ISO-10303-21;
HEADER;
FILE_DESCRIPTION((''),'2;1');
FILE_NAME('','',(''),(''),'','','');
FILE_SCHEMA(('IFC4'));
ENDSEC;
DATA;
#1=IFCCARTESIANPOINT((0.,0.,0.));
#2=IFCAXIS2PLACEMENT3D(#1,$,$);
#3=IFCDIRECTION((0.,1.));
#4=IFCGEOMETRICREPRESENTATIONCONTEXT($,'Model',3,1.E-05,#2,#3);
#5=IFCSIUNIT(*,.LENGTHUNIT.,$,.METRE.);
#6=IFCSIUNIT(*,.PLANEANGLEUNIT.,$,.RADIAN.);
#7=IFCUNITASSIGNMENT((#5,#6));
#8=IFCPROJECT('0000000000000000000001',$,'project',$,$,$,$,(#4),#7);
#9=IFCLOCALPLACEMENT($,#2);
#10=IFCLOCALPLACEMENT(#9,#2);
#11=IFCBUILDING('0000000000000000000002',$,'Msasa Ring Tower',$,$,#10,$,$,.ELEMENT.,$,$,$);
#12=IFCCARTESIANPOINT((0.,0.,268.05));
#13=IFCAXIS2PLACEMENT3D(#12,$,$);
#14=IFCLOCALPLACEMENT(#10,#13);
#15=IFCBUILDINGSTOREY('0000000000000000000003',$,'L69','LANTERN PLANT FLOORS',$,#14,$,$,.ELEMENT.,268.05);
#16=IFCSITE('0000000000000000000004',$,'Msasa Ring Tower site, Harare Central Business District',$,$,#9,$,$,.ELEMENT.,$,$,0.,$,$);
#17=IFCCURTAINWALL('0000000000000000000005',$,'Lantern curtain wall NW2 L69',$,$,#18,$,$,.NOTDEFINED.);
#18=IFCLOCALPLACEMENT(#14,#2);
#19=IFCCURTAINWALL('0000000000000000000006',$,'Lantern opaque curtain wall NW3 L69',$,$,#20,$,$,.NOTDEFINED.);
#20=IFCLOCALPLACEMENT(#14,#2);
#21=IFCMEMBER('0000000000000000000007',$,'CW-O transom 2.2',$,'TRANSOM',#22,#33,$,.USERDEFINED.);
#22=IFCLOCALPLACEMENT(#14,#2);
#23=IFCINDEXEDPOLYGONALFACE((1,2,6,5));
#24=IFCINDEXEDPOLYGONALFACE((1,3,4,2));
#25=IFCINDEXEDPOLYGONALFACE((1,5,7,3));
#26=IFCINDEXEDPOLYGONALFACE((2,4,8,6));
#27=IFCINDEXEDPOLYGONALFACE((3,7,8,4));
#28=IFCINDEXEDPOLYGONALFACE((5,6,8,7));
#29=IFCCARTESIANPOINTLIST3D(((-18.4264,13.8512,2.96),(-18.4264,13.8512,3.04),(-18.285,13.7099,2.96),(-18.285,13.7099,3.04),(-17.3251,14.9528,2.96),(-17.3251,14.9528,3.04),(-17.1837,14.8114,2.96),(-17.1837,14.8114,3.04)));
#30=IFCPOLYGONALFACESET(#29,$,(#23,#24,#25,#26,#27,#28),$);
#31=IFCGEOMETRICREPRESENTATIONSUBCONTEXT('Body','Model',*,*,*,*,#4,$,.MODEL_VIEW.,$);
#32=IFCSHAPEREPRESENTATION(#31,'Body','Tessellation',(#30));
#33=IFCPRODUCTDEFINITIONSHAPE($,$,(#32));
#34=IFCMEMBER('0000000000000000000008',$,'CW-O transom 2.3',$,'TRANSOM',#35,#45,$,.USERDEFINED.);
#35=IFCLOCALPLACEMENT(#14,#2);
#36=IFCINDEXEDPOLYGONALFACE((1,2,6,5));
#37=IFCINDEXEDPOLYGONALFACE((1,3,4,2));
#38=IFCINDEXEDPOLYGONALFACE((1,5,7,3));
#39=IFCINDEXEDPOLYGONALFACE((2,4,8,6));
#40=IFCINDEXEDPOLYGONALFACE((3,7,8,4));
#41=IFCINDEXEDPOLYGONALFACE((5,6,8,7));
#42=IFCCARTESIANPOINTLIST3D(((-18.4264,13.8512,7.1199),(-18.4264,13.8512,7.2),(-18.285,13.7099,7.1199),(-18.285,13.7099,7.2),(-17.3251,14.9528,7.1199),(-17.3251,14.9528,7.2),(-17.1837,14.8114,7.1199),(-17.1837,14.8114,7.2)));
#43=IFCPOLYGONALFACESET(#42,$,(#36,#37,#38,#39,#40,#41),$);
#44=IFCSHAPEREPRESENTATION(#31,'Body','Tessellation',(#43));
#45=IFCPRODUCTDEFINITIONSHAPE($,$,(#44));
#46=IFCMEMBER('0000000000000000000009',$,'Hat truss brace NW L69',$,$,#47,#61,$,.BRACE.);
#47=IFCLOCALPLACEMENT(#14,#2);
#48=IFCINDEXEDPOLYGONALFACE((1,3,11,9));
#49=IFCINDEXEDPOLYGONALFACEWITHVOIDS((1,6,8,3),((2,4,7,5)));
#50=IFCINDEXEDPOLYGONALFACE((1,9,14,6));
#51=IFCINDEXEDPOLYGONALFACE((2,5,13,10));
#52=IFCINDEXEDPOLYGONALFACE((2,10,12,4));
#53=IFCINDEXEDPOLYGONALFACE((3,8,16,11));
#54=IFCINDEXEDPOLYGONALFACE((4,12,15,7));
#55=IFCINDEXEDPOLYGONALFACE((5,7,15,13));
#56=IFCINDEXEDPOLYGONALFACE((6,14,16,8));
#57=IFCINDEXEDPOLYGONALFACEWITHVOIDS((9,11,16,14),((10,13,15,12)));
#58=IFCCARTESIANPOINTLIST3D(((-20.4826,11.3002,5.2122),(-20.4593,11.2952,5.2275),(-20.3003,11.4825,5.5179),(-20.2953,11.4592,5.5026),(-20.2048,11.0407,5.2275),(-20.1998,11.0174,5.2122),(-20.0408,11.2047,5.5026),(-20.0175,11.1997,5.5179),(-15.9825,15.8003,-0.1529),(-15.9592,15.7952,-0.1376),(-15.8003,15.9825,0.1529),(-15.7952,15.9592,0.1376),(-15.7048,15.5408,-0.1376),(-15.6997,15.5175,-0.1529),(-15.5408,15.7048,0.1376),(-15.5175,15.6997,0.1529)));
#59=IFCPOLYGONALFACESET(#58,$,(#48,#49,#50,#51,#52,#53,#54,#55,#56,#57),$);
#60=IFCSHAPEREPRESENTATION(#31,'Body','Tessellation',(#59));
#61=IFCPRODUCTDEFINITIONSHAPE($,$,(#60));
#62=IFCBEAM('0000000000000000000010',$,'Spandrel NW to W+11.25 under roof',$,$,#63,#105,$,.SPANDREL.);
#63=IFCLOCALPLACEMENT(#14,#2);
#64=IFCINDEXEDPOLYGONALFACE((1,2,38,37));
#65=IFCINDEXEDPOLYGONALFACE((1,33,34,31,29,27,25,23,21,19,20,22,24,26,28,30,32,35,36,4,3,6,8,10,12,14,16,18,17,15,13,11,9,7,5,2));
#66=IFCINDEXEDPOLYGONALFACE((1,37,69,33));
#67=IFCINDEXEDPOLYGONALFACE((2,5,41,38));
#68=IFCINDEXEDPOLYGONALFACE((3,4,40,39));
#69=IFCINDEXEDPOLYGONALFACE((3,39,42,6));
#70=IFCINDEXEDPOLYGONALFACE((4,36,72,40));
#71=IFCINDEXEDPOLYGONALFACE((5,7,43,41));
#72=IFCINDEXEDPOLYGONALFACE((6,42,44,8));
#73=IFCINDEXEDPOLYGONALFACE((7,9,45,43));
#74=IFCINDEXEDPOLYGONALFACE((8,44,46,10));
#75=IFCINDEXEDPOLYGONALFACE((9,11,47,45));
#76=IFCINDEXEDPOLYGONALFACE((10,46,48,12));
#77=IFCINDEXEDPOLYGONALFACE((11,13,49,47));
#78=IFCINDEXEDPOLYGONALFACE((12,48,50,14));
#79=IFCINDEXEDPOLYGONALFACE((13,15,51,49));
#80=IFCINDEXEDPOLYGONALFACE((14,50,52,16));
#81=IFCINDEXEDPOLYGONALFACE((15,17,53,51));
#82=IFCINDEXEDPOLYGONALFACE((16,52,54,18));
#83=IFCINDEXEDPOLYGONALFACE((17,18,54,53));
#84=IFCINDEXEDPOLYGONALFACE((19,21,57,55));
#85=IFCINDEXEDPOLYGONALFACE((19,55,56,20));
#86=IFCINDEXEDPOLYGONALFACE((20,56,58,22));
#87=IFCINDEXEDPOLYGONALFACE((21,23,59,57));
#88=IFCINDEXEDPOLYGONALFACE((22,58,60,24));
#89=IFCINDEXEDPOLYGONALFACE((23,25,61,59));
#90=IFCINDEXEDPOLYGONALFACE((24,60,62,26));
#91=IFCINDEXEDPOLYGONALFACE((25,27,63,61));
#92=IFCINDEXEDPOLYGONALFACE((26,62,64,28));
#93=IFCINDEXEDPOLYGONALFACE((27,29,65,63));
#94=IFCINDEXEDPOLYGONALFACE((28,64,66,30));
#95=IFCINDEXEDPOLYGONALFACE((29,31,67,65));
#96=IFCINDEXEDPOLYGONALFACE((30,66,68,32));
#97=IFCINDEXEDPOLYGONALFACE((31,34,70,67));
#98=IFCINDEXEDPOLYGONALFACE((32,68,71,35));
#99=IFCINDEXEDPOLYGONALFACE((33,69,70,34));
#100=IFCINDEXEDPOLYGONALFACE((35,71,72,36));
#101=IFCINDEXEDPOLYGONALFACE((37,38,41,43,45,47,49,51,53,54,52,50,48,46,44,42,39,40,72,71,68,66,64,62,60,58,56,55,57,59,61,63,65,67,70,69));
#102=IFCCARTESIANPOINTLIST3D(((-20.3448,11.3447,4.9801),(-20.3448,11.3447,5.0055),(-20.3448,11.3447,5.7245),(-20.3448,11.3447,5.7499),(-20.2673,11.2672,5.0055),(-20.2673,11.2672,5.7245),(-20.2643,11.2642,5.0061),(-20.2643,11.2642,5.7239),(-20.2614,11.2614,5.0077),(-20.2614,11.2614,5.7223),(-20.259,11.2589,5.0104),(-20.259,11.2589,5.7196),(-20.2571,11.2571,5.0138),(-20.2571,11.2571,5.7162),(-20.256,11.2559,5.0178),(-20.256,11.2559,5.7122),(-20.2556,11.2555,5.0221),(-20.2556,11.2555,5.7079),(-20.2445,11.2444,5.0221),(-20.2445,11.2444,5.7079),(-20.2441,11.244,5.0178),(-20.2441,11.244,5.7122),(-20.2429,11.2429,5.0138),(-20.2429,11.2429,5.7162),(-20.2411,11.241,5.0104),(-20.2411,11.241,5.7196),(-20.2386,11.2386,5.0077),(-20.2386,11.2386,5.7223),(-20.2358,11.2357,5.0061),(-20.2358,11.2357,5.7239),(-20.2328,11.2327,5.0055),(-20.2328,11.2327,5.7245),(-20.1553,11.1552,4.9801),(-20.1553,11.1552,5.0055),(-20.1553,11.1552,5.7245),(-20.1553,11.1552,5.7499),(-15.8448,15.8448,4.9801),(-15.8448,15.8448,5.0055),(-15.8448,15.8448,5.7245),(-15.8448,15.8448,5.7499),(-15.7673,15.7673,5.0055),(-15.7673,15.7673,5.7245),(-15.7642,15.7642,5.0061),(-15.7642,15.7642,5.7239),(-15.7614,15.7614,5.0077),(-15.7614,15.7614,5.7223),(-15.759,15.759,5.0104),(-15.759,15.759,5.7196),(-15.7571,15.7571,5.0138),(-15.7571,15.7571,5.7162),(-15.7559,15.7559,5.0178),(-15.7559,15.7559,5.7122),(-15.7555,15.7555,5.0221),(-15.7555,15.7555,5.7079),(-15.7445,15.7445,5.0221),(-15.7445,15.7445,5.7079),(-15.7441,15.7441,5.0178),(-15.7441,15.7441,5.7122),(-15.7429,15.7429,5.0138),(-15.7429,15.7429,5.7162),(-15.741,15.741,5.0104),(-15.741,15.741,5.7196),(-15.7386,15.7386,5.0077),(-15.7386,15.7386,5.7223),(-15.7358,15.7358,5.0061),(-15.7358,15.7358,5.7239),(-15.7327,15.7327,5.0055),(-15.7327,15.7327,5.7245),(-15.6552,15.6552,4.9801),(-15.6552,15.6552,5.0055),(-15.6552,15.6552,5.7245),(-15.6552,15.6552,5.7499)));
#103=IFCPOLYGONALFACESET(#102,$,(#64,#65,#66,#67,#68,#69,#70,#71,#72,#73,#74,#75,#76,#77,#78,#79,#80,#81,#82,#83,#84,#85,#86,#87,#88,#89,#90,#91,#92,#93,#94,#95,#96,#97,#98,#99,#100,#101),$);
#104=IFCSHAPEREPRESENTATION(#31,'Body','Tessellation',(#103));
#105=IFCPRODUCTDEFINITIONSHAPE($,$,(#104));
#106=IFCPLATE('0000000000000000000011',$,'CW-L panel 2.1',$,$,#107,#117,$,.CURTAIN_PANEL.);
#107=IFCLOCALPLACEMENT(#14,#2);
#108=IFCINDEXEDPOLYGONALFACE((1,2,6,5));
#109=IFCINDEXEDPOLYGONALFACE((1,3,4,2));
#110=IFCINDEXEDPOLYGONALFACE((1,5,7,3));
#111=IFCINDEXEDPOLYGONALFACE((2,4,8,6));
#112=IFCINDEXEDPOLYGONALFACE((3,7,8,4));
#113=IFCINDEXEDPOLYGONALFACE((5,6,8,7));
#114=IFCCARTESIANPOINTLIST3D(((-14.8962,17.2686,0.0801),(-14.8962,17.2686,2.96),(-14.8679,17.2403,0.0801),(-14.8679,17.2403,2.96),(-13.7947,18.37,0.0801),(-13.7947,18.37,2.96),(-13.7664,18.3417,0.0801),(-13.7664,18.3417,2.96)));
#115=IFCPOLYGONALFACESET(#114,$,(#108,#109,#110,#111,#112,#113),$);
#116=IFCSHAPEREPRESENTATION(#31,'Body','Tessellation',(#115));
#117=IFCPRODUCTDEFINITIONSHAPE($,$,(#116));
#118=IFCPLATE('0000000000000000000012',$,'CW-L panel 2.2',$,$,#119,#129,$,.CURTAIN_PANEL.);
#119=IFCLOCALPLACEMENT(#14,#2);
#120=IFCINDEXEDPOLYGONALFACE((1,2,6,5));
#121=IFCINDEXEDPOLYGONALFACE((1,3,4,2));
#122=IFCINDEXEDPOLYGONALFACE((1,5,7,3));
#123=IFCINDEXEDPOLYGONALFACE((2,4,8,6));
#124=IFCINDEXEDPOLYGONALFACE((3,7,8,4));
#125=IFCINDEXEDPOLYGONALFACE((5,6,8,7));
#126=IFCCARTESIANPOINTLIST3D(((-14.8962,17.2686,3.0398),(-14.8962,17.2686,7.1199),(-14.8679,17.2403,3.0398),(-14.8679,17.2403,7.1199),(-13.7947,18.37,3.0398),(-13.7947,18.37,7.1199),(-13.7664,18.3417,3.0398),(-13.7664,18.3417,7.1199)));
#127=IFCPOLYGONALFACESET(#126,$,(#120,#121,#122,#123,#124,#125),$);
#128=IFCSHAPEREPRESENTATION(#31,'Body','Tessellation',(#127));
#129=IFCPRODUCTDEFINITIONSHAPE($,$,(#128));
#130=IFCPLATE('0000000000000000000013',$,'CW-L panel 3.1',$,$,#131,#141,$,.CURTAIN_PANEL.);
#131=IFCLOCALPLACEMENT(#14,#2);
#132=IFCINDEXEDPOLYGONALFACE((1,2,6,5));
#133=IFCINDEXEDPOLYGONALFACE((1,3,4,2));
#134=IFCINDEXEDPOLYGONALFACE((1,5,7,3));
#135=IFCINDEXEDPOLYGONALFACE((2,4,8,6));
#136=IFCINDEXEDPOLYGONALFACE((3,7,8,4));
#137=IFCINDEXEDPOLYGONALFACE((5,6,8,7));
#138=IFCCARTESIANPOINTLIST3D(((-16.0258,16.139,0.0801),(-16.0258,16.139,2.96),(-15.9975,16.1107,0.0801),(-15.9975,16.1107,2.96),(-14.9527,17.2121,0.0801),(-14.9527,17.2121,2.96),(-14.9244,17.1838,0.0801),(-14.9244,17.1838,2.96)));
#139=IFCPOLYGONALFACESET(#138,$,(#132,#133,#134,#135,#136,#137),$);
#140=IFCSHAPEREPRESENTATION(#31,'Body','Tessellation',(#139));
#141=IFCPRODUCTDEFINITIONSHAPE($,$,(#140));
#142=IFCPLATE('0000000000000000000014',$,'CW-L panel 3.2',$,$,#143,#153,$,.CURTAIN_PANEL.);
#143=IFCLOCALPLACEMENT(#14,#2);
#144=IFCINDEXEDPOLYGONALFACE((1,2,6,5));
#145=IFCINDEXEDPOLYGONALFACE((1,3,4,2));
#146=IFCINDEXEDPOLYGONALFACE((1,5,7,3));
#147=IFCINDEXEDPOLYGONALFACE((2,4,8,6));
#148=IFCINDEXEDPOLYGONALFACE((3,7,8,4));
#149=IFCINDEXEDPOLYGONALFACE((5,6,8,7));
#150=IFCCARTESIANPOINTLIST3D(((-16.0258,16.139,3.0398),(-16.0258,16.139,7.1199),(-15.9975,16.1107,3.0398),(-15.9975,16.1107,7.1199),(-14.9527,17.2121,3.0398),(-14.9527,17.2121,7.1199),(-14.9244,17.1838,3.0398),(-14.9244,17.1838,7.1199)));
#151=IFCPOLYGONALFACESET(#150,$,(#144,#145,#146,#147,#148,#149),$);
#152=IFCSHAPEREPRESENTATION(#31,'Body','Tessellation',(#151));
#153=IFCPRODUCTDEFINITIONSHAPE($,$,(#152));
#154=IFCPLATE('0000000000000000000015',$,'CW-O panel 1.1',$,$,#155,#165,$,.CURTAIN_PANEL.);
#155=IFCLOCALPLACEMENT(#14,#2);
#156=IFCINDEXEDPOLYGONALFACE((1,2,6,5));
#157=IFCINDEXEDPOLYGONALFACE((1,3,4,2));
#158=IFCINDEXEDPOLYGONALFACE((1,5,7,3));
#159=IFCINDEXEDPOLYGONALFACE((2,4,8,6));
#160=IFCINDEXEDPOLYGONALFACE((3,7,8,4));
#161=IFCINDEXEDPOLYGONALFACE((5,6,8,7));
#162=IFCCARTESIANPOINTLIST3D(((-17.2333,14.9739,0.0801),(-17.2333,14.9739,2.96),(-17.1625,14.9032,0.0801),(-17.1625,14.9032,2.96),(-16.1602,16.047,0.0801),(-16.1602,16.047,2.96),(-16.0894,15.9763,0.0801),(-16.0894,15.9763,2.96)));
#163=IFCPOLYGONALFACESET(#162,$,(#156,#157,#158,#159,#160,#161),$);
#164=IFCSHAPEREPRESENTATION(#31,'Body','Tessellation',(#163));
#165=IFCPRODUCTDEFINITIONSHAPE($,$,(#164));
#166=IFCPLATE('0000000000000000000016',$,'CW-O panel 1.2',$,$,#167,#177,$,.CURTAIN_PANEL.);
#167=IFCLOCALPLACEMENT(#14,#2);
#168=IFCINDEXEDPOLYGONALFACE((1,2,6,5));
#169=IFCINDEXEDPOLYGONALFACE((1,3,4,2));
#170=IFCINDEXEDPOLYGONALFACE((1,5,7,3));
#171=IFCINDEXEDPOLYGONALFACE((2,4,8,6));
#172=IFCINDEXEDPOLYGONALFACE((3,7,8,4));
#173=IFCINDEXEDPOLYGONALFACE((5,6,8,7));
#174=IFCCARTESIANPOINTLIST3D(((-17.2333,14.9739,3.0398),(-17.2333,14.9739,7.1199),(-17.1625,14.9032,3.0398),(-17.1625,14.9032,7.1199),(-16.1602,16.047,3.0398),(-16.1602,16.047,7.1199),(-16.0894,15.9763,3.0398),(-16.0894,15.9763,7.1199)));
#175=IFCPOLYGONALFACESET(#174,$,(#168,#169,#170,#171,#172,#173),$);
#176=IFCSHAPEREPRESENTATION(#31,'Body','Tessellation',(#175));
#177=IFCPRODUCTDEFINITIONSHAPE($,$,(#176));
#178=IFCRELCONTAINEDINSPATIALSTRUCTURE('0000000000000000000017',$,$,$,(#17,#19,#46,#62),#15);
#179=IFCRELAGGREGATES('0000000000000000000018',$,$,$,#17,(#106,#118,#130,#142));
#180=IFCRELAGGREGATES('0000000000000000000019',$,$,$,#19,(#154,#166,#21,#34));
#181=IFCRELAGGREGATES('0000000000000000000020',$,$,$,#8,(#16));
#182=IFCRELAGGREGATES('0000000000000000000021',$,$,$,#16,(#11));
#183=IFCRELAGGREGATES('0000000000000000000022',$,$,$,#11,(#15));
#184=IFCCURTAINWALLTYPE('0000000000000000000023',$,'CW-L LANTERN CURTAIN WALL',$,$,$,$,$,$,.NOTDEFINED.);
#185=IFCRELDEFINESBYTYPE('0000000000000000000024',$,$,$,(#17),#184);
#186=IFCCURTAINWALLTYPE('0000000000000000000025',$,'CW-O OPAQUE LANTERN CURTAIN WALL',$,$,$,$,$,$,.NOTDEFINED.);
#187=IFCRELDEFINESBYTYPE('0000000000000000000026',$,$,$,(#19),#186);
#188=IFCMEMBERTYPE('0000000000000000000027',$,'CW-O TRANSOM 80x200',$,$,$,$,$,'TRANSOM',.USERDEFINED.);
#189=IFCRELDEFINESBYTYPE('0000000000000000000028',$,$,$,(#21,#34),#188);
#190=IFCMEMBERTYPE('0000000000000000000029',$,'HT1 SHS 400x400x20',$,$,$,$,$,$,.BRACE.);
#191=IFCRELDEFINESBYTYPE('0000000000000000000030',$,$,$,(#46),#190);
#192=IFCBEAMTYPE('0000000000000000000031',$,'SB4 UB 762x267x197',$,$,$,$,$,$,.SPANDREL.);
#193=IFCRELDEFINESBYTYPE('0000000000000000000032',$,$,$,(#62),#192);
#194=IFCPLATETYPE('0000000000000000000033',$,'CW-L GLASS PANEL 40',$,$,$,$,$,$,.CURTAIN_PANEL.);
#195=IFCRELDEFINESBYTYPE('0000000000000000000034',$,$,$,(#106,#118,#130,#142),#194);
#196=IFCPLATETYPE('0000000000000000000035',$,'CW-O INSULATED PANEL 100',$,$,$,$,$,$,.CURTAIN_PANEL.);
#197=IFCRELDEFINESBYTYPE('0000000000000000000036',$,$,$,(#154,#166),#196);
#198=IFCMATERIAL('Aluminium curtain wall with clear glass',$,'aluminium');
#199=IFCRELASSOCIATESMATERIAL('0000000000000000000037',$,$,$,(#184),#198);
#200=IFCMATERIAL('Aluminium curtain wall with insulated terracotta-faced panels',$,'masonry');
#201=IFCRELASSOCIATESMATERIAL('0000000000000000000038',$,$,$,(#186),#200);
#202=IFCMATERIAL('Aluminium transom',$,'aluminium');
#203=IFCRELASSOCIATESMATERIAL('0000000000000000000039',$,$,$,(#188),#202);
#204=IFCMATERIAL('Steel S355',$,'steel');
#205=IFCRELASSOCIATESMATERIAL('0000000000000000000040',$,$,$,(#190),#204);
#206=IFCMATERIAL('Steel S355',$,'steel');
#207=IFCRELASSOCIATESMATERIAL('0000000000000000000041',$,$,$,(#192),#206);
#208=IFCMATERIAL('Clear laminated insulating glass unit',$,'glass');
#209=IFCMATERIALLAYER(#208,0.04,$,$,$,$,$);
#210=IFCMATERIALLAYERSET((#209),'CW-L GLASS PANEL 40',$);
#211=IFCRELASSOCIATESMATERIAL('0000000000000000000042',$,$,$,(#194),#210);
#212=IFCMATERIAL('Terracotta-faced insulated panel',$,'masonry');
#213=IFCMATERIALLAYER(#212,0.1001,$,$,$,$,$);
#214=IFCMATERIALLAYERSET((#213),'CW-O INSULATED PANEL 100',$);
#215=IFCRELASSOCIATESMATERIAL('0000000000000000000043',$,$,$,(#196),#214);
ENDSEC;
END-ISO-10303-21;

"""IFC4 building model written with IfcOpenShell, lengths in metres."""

from ifc_helpers import new_model, si_unit, direction, frame, origin, origin_2d, place, context, subcontext, project, spatial, rectangle, hollow_rectangle, i_section, extrude, material, layer, layer_set, material_profile, profile_set, type_object, element, aggregate, save


model = new_model("IFC4")

# Units and contexts
model_context = context("Model", 3, precision=1e-05, world=origin(), true_north=direction((0.0, 1.0)))
body_context = subcontext(model_context, "Body", "Model", "MODEL_VIEW")
ifc_project = project(units=[si_unit("LENGTHUNIT", "METRE"), si_unit("PLANEANGLEUNIT", "RADIAN")], contexts=[model_context])

# Site, building, storey
site_placement = place(None, origin())
site = spatial("IfcSite", under=ifc_project, at=site_placement, Name="Msasa Ring Tower site, Harare Central Business District", CompositionType="ELEMENT", RefElevation=0.0)
building_placement = place(site_placement, origin())
building = spatial("IfcBuilding", under=site, at=building_placement, Name="Msasa Ring Tower", CompositionType="ELEMENT")
storey_placement = place(building_placement, frame((0.0, 0.0, 268.05)))
storey = spatial("IfcBuildingStorey", under=building, at=storey_placement, Name="L69", Description="LANTERN PLANT FLOORS", CompositionType="ELEMENT", Elevation=268.05)

# Curtain walls, members
ifc_material_1 = material(Name="Aluminium curtain wall with clear glass", Category="aluminium")
curtain_wall_type_1 = type_object("IfcCurtainWallType", Name="CW-L LANTERN CURTAIN WALL", PredefinedType="NOTDEFINED", material=ifc_material_1)
curtain_wall_1_placement = place(storey_placement, origin())
curtain_wall_1 = element("IfcCurtainWall", 1, at=curtain_wall_1_placement, inside=storey, type_object=curtain_wall_type_1, Name="Lantern curtain wall NW2 L69", PredefinedType="NOTDEFINED")
ifc_material_2 = material(Name="Aluminium curtain wall with insulated terracotta-faced panels", Category="masonry")
curtain_wall_type_2 = type_object("IfcCurtainWallType", Name="CW-O OPAQUE LANTERN CURTAIN WALL", PredefinedType="NOTDEFINED", material=ifc_material_2)
curtain_wall_2_placement = place(storey_placement, origin())
curtain_wall_2 = element("IfcCurtainWall", 2, at=curtain_wall_2_placement, inside=storey, type_object=curtain_wall_type_2, Name="Lantern opaque curtain wall NW3 L69", PredefinedType="NOTDEFINED")
ifc_material_3 = material(Name="Aluminium transom", Category="aluminium")
ifc_material_profile_1 = material_profile(ifc_material_3, rectangle(XDim=0.2, YDim=0.0801, at=origin_2d()), Name="AL 80x200")
ifc_profile_set_1 = profile_set([ifc_material_profile_1], Name="Aluminium transom")
member_type_1 = type_object("IfcMemberType", Name="CW-O TRANSOM 80x200", ElementType="TRANSOM", PredefinedType="USERDEFINED", material=ifc_profile_set_1)
member_1_placement = place(storey_placement, frame((-17.2544, 14.8821, 3.0), z_axis=(-0.707028, -0.707185, 0.0), x_axis=(0.707185, -0.707028, 0.0)))
member_1 = element("IfcMember", 3, at=member_1_placement, type_object=member_type_1, Name="CW-O transom 2.2", ObjectType="TRANSOM", PredefinedType="USERDEFINED", context=body_context, shape_type="SweptSolid", body=[
    extrude(rectangle(XDim=0.2, YDim=0.0801, at=origin_2d()), origin(), (0.0, 0.0, 1.0), 1.5576),
])
member_2_placement = place(storey_placement, frame((-17.2544, 14.8821, 7.1599), z_axis=(-0.707028, -0.707185, 0.0), x_axis=(0.707185, -0.707028, 0.0)))
member_2 = element("IfcMember", 4, at=member_2_placement, type_object=member_type_1, Name="CW-O transom 2.3", ObjectType="TRANSOM", PredefinedType="USERDEFINED", context=body_context, shape_type="SweptSolid", body=[
    extrude(rectangle(XDim=0.2, YDim=0.0801, at=origin_2d()), origin(), (0.0, 0.0, 1.0), 1.5576),
])

# Member
ifc_material_4 = material(Name="Steel S355", Category="steel")
ifc_material_profile_2 = material_profile(ifc_material_4, hollow_rectangle(XDim=0.3999, YDim=0.3999, WallThickness=0.02, at=origin_2d()), Name="SHS 400x400x20")
ifc_profile_set_2 = profile_set([ifc_material_profile_2], Name="Steel S355")
member_type_2 = type_object("IfcMemberType", Name="HT1 SHS 400x400x20", PredefinedType="BRACE", material=ifc_profile_set_2)
member_3_placement = place(storey_placement, frame((-15.75, 15.75, 0.0), z_axis=(-0.540628, -0.540628, 0.644548), x_axis=(0.707107, -0.707107, 0.0)))
element("IfcMember", 5, at=member_3_placement, inside=storey, type_object=member_type_2, Name="Hat truss brace NW L69", PredefinedType="BRACE", context=body_context, shape_type="SweptSolid", body=[
    extrude(hollow_rectangle(XDim=0.3999, YDim=0.3999, WallThickness=0.02, at=origin_2d()), origin(), (0.0, 0.0, 1.0), 8.3237),
])

# Beam
ifc_material_5 = material(Name="Steel S355", Category="steel")
ifc_material_profile_3 = material_profile(ifc_material_5, i_section(OverallWidth=0.2681, OverallDepth=0.7698, WebThickness=0.0156, FlangeThickness=0.0254, FilletRadius=0.0166, at=origin_2d()), Name="UB 762x267x197")
ifc_profile_set_3 = profile_set([ifc_material_profile_3], Name="Steel S355")
beam_type = type_object("IfcBeamType", Name="SB4 UB 762x267x197", PredefinedType="SPANDREL", material=ifc_profile_set_3)
beam_placement = place(storey_placement, frame((-15.75, 15.75, 5.365), z_axis=(-0.707107, -0.707107, 0.0), x_axis=(0.707107, -0.707107, 0.0)))
element("IfcBeam", 6, at=beam_placement, inside=storey, type_object=beam_type, Name="Spandrel NW to W+11.25 under roof", PredefinedType="SPANDREL", context=body_context, shape_type="SweptSolid", body=[
    extrude(i_section(OverallWidth=0.2681, OverallDepth=0.7698, WebThickness=0.0156, FlangeThickness=0.0254, FilletRadius=0.0166, at=origin_2d()), origin(), (0.0, 0.0, 1.0), 6.364),
])

# Plates
ifc_material_6 = material(Name="Clear laminated insulating glass unit", Category="glass")
ifc_layer_1 = layer(ifc_material_6, 0.04)
ifc_layer_set_1 = layer_set([ifc_layer_1], Name="CW-L GLASS PANEL 40")
plate_type_1 = type_object("IfcPlateType", Name="CW-L GLASS PANEL 40", PredefinedType="CURTAIN_PANEL", material=ifc_layer_set_1)
plate_1_placement = place(storey_placement, frame((-14.3313, 17.8052, 0.0801), z_axis=(0.0, 0.0, 1.0), x_axis=(-0.707117, -0.707097, 0.0)))
plate_1 = element("IfcPlate", 7, at=plate_1_placement, type_object=plate_type_1, Name="CW-L panel 2.1", PredefinedType="CURTAIN_PANEL", context=body_context, shape_type="SweptSolid", body=[
    extrude(rectangle(XDim=1.5576, YDim=0.04, at=origin_2d()), origin(), (0.0, 0.0, 1.0), 2.8799),
])
plate_2_placement = place(storey_placement, frame((-14.3313, 17.8052, 3.0398), z_axis=(0.0, 0.0, 1.0), x_axis=(-0.707117, -0.707097, 0.0)))
plate_2 = element("IfcPlate", 8, at=plate_2_placement, type_object=plate_type_1, Name="CW-L panel 2.2", PredefinedType="CURTAIN_PANEL", context=body_context, shape_type="SweptSolid", body=[
    extrude(rectangle(XDim=1.5576, YDim=0.04, at=origin_2d()), origin(), (0.0, 0.0, 1.0), 4.0801),
])
plate_3_placement = place(storey_placement, frame((-15.4751, 16.6614, 0.0801), z_axis=(0.0, 0.0, 1.0), x_axis=(-0.707117, -0.707097, 0.0)))
plate_3 = element("IfcPlate", 9, at=plate_3_placement, type_object=plate_type_1, Name="CW-L panel 3.1", PredefinedType="CURTAIN_PANEL", context=body_context, shape_type="SweptSolid", body=[
    extrude(rectangle(XDim=1.5176, YDim=0.04, at=origin_2d()), origin(), (0.0, 0.0, 1.0), 2.8799),
])
plate_4_placement = place(storey_placement, frame((-15.4751, 16.6614, 3.0398), z_axis=(0.0, 0.0, 1.0), x_axis=(-0.707117, -0.707097, 0.0)))
plate_4 = element("IfcPlate", 10, at=plate_4_placement, type_object=plate_type_1, Name="CW-L panel 3.2", PredefinedType="CURTAIN_PANEL", context=body_context, shape_type="SweptSolid", body=[
    extrude(rectangle(XDim=1.5176, YDim=0.04, at=origin_2d()), origin(), (0.0, 0.0, 1.0), 4.0801),
])
aggregate(curtain_wall_1, [plate_1, plate_2, plate_3, plate_4])
ifc_material_7 = material(Name="Terracotta-faced insulated panel", Category="masonry")
ifc_layer_2 = layer(ifc_material_7, 0.1001)
ifc_layer_set_2 = layer_set([ifc_layer_2], Name="CW-O INSULATED PANEL 100")
plate_type_2 = type_object("IfcPlateType", Name="CW-O INSULATED PANEL 100", PredefinedType="CURTAIN_PANEL", material=ifc_layer_set_2)
plate_5_placement = place(storey_placement, frame((-16.6614, 15.4751, 0.0801), z_axis=(0.0, 0.0, 1.0), x_axis=(-0.707107, -0.707107, 0.0)))
plate_5 = element("IfcPlate", 11, at=plate_5_placement, type_object=plate_type_2, Name="CW-O panel 1.1", PredefinedType="CURTAIN_PANEL", context=body_context, shape_type="SweptSolid", body=[
    extrude(rectangle(XDim=1.5176, YDim=0.1001, at=origin_2d()), origin(), (0.0, 0.0, 1.0), 2.8799),
])
plate_6_placement = place(storey_placement, frame((-16.6614, 15.4751, 3.0398), z_axis=(0.0, 0.0, 1.0), x_axis=(-0.707107, -0.707107, 0.0)))
plate_6 = element("IfcPlate", 12, at=plate_6_placement, type_object=plate_type_2, Name="CW-O panel 1.2", PredefinedType="CURTAIN_PANEL", context=body_context, shape_type="SweptSolid", body=[
    extrude(rectangle(XDim=1.5176, YDim=0.1001, at=origin_2d()), origin(), (0.0, 0.0, 1.0), 4.0801),
])
aggregate(curtain_wall_2, [plate_5, plate_6, member_1, member_2])

save(model, "model.ifc")
